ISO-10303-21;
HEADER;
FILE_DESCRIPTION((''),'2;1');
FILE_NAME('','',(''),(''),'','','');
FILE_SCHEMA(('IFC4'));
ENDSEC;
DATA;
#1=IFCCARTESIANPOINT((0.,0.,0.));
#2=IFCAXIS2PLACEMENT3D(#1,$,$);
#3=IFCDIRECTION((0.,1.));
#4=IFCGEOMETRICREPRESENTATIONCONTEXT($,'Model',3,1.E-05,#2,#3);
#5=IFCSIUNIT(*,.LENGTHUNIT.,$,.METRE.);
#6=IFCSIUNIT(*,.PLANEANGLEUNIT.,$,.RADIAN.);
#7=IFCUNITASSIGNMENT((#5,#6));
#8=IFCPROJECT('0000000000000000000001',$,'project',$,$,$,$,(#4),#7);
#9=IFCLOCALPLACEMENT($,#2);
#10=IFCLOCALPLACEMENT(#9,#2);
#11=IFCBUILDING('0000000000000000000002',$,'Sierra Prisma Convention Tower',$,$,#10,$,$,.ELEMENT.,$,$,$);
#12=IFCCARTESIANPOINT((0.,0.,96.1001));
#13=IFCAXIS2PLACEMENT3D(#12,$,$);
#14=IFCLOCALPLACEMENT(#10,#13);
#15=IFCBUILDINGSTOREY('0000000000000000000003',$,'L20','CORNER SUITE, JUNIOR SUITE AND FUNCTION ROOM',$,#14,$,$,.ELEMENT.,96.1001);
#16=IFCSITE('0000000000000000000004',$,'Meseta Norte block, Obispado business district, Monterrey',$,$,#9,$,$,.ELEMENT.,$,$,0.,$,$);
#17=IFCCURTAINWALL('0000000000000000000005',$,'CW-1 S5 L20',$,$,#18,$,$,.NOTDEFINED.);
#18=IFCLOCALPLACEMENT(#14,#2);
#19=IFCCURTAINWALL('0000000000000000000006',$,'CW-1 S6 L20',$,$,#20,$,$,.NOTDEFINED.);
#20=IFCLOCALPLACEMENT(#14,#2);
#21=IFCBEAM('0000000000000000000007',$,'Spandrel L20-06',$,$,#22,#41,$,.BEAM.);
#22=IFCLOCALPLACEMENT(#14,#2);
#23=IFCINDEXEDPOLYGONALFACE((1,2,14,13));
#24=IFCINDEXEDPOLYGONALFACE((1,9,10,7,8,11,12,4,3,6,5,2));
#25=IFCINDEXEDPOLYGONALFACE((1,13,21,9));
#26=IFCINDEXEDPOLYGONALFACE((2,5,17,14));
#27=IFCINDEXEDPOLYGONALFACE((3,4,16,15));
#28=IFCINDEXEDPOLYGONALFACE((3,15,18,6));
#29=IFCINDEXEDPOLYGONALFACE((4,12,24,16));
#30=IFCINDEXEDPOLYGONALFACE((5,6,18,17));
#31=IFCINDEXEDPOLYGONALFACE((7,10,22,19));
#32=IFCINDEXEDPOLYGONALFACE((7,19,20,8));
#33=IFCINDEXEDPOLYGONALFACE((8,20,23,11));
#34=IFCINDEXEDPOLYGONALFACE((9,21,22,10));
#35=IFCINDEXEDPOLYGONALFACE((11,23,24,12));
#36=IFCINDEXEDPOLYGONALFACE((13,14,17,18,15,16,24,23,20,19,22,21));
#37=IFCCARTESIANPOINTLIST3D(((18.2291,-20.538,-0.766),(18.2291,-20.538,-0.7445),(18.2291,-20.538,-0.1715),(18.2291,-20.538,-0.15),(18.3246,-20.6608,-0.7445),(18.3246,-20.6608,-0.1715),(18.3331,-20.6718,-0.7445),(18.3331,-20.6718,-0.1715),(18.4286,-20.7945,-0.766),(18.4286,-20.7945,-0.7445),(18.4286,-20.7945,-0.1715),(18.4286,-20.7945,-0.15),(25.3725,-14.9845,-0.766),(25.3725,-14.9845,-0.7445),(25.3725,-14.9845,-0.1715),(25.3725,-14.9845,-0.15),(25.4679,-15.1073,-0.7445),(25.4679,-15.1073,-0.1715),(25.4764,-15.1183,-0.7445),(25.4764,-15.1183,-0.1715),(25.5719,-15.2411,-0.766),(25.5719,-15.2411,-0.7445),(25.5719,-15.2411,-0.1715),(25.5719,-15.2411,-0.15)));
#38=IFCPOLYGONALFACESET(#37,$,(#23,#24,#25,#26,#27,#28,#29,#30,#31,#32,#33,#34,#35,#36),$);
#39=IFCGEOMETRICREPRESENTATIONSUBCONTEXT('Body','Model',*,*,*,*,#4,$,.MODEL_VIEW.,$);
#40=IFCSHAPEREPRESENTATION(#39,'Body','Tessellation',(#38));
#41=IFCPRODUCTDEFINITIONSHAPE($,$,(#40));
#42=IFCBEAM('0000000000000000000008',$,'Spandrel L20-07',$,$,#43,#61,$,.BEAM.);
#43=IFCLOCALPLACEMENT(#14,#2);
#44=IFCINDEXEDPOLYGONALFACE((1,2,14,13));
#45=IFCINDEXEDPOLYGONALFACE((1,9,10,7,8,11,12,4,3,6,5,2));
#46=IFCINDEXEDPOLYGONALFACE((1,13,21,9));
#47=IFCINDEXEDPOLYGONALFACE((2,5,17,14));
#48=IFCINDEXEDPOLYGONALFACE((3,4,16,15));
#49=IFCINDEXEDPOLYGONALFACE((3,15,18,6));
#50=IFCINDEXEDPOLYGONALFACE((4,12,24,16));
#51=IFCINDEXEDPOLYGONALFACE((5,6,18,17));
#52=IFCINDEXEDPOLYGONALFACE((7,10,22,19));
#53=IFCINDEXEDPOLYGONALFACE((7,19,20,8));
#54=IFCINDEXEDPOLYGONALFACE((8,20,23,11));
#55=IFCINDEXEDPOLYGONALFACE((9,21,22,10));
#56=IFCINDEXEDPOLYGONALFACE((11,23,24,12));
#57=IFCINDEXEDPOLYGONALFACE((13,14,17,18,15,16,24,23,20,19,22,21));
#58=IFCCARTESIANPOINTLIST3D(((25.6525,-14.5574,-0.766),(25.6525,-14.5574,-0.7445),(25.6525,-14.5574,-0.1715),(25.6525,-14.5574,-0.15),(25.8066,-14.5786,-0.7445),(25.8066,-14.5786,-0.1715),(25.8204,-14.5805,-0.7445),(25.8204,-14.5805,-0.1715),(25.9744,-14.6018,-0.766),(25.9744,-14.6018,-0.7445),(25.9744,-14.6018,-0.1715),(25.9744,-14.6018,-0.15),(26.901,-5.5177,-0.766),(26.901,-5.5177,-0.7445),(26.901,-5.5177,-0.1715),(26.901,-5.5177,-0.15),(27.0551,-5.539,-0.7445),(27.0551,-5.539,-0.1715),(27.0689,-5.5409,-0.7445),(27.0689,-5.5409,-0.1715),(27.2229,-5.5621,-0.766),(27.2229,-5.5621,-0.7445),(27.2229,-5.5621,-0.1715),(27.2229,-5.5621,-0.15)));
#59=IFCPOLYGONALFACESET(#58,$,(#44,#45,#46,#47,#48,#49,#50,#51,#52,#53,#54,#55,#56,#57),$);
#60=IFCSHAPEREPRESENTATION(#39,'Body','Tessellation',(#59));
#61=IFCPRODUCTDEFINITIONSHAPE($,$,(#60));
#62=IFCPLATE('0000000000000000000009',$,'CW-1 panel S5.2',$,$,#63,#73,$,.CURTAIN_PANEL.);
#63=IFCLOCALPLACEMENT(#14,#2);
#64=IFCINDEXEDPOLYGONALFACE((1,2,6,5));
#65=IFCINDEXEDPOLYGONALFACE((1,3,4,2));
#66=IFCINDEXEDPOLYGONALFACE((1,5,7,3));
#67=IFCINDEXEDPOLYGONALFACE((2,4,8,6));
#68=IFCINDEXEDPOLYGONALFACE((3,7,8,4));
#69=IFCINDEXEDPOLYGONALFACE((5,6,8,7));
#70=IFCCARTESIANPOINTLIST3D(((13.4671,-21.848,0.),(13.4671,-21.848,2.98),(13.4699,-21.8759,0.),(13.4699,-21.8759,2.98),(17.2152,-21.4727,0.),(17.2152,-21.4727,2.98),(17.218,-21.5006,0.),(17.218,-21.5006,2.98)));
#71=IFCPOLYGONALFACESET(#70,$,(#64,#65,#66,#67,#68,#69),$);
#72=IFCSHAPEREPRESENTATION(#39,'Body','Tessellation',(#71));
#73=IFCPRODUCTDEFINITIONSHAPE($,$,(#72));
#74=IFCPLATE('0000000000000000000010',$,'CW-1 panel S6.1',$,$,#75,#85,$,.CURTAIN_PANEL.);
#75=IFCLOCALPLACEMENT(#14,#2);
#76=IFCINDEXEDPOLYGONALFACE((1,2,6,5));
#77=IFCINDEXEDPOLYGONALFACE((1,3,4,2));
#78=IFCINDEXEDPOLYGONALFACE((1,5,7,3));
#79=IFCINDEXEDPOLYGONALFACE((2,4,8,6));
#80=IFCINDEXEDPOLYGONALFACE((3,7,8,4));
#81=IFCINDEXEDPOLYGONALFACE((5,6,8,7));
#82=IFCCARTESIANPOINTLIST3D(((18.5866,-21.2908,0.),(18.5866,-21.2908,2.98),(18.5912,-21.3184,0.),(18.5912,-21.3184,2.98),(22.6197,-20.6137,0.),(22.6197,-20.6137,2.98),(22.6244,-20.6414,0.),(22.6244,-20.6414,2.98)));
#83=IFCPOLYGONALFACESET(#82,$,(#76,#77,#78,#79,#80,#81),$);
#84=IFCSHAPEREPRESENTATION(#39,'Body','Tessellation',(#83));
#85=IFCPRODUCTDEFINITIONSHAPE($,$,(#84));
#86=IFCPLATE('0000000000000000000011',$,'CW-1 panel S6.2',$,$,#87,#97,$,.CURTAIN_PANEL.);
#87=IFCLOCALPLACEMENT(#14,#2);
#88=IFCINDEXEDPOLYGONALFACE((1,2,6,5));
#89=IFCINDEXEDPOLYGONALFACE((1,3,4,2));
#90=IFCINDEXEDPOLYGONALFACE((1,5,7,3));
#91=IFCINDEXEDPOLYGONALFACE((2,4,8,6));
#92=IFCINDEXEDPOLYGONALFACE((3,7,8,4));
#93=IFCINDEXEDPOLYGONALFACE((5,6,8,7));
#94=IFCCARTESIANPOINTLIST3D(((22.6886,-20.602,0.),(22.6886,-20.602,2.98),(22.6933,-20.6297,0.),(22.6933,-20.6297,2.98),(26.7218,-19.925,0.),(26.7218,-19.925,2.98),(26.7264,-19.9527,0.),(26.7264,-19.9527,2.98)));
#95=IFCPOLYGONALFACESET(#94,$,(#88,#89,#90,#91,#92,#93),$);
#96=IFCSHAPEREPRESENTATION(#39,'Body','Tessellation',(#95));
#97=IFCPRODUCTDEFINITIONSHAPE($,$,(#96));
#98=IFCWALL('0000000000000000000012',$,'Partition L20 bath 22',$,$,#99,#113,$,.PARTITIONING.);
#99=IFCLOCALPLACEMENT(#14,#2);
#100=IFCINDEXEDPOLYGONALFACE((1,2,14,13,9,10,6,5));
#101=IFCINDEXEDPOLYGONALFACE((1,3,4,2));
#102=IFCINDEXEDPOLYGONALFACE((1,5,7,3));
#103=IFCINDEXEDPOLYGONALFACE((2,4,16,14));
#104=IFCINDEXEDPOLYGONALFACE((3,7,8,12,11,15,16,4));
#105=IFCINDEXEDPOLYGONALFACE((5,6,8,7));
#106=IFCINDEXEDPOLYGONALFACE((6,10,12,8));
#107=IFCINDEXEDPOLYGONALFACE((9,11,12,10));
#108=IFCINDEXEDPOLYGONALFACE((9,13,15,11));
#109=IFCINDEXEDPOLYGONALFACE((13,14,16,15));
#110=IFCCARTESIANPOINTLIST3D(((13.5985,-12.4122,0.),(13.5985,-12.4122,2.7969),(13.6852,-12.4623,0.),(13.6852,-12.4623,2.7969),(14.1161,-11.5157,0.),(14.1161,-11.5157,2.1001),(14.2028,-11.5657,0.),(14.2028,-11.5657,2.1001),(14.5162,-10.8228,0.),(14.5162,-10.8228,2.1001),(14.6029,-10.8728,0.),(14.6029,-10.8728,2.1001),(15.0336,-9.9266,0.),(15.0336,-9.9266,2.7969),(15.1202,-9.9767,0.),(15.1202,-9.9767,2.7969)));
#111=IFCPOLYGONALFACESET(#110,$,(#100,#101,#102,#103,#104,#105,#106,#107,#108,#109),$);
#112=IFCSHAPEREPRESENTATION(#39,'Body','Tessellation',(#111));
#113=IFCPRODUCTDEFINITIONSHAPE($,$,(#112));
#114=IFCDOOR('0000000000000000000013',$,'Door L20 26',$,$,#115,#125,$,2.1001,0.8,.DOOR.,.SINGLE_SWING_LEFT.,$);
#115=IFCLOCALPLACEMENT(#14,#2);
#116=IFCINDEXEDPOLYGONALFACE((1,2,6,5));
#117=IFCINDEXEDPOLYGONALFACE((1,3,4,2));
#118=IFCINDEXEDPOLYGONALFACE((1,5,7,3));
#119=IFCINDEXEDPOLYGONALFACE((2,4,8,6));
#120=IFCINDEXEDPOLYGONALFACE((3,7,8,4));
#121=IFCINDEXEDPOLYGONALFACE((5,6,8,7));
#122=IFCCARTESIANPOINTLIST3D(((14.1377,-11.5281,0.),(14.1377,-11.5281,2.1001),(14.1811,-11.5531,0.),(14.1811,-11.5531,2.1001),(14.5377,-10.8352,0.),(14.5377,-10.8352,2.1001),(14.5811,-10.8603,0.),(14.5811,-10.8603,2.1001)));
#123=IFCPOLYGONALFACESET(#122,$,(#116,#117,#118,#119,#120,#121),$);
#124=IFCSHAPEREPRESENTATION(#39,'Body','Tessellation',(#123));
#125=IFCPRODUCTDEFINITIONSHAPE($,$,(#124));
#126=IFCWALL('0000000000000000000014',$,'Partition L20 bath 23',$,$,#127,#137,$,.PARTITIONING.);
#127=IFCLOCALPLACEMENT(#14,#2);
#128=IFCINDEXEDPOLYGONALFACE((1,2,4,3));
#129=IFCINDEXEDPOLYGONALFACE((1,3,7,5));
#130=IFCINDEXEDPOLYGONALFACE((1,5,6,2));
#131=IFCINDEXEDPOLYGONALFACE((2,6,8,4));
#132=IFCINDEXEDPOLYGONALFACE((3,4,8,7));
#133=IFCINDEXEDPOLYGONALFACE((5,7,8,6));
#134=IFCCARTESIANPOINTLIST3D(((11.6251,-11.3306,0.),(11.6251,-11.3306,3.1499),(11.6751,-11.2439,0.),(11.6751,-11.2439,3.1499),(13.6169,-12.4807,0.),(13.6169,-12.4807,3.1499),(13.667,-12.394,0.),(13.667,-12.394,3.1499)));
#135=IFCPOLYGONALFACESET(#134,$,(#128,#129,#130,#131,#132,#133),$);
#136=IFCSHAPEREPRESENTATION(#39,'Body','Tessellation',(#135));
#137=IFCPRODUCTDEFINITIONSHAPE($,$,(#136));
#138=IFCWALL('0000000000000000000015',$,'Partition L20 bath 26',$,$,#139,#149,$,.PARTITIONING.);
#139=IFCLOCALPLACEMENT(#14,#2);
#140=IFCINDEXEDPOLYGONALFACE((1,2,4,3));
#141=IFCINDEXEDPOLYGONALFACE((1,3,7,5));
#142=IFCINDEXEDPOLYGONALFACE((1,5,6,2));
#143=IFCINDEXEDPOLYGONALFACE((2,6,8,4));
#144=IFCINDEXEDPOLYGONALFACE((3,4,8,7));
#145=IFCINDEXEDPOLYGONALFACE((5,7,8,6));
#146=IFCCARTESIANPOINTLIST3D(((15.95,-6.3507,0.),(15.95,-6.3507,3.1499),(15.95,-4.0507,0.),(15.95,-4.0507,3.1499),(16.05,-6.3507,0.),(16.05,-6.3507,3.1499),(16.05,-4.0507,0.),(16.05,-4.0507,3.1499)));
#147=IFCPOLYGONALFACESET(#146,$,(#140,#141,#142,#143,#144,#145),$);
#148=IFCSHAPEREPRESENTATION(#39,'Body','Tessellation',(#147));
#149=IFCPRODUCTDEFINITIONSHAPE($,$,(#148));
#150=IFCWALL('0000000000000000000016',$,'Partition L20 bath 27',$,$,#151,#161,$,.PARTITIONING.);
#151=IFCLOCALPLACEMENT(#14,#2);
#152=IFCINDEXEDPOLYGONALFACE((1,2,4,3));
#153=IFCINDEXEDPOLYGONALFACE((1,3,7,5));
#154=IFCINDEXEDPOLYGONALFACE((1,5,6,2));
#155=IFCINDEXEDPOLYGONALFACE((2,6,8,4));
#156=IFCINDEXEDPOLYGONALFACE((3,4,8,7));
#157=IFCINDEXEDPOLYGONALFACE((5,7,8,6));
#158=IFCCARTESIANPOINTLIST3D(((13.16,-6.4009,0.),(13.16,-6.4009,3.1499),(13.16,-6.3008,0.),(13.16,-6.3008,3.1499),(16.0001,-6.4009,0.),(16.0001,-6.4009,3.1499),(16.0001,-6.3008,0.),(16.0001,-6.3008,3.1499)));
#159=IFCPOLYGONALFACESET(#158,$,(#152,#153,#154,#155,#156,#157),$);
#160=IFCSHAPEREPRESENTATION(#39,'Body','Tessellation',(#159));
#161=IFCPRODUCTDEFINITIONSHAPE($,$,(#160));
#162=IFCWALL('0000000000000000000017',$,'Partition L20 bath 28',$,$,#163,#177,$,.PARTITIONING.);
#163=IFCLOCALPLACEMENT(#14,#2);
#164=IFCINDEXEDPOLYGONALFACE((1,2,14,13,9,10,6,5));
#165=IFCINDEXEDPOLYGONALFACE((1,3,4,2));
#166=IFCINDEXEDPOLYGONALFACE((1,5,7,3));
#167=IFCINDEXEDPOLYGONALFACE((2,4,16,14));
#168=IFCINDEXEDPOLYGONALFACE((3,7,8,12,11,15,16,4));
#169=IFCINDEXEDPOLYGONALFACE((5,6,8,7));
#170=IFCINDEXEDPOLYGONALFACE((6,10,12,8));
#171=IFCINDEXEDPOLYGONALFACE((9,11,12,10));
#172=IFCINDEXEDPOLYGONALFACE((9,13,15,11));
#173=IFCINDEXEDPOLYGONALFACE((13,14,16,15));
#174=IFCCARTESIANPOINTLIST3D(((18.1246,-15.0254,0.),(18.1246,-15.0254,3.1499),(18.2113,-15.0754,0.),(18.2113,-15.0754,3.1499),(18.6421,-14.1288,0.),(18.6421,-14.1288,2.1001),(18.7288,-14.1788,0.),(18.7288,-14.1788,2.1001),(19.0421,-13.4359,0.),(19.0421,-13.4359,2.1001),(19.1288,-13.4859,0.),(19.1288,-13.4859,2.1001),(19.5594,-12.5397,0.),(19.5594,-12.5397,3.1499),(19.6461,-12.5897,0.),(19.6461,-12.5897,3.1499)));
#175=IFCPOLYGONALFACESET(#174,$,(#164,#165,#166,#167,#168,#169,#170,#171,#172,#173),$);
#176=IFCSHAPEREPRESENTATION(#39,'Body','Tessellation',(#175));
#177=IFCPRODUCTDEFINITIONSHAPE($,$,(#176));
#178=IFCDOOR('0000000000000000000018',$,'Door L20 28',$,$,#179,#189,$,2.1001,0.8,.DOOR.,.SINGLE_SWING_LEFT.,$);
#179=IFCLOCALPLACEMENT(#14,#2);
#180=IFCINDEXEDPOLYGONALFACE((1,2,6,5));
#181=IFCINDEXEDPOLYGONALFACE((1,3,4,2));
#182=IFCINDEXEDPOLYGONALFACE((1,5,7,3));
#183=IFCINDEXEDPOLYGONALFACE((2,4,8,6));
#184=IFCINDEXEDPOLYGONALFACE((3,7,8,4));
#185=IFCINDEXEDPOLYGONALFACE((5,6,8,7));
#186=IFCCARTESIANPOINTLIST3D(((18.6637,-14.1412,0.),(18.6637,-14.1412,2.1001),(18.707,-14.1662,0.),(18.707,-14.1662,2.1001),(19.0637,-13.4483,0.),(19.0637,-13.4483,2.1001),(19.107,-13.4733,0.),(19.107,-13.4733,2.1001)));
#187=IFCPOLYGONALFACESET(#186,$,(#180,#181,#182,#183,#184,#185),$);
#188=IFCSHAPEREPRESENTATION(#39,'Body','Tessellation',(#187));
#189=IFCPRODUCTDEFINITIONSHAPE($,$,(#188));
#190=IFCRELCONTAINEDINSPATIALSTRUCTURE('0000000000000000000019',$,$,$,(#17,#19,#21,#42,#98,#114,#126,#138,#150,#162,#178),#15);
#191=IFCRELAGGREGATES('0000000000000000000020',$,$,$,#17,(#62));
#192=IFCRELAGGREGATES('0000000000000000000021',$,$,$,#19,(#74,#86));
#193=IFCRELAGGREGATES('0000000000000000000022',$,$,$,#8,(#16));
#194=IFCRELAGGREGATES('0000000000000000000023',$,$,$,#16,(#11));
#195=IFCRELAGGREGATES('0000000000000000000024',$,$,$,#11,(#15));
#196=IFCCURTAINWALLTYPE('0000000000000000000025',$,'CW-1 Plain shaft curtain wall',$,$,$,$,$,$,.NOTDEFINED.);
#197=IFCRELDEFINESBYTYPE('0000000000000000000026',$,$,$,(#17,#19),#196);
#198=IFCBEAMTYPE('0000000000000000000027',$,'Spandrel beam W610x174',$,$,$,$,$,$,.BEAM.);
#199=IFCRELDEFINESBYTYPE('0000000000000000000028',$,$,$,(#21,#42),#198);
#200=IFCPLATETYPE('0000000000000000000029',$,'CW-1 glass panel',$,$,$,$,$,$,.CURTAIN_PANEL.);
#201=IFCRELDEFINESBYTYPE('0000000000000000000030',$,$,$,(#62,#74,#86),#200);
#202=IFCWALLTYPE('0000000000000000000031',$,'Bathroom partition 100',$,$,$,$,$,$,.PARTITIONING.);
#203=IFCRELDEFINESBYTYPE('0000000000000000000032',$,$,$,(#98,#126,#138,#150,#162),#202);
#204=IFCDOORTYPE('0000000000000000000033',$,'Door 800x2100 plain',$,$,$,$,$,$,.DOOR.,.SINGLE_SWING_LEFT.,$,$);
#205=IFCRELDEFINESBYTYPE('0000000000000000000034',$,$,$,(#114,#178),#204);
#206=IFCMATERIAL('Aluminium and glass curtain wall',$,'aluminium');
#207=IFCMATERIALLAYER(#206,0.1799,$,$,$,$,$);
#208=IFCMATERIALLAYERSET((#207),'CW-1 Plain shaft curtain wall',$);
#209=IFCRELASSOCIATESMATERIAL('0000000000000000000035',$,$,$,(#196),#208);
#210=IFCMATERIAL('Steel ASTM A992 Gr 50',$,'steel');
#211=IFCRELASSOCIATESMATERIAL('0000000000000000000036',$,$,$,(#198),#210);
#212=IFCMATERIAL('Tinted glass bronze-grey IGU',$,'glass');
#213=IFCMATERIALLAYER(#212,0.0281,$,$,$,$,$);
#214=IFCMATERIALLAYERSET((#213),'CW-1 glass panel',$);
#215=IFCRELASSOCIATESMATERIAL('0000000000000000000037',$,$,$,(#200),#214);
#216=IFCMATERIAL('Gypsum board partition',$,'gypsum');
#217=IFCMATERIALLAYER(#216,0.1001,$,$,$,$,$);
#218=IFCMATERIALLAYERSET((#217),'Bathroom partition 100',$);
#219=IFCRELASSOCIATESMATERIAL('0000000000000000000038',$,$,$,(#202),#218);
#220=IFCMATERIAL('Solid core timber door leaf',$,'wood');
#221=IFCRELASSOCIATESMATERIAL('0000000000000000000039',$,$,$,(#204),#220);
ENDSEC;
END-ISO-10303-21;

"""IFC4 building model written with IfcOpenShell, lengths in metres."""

from ifc_helpers import new_model, si_unit, direction, frame, frame_2d, origin, origin_2d, place, context, subcontext, project, spatial, rectangle, i_section, extrude, material, layer, layer_set, material_profile, profile_set, type_object, element, fill, aggregate, save


model = new_model("IFC4")

# Units and contexts
model_context = context("Model", 3, precision=1e-05, world=origin(), true_north=direction((0.0, 1.0)))
body_context = subcontext(model_context, "Body", "Model", "MODEL_VIEW")
ifc_project = project(units=[si_unit("LENGTHUNIT", "METRE"), si_unit("PLANEANGLEUNIT", "RADIAN")], contexts=[model_context])

# Site, building, storey
site_placement = place(None, origin())
site = spatial("IfcSite", under=ifc_project, at=site_placement, Name="Meseta Norte block, Obispado business district, Monterrey", CompositionType="ELEMENT", RefElevation=0.0)
building_placement = place(site_placement, origin())
building = spatial("IfcBuilding", under=site, at=building_placement, Name="Sierra Prisma Convention Tower", CompositionType="ELEMENT")
storey_placement = place(building_placement, frame((0.0, 0.0, 96.1001)))
storey = spatial("IfcBuildingStorey", under=building, at=storey_placement, Name="L20", Description="CORNER SUITE, JUNIOR SUITE AND FUNCTION ROOM", CompositionType="ELEMENT", Elevation=96.1001)

# Curtain wall
ifc_material_1 = material(Name="Aluminium and glass curtain wall", Category="aluminium")
ifc_layer_1 = layer(ifc_material_1, 0.1799)
ifc_layer_set_1 = layer_set([ifc_layer_1], Name="CW-1 Plain shaft curtain wall")
curtain_wall_type = type_object("IfcCurtainWallType", Name="CW-1 Plain shaft curtain wall", PredefinedType="NOTDEFINED", material=ifc_layer_set_1)
curtain_wall_1_placement = place(storey_placement, origin())
curtain_wall_1 = element("IfcCurtainWall", 1, at=curtain_wall_1_placement, inside=storey, type_object=curtain_wall_type, Name="CW-1 S5 L20", PredefinedType="NOTDEFINED")

# Curtain wall
curtain_wall_2_placement = place(storey_placement, origin())
curtain_wall_2 = element("IfcCurtainWall", 2, at=curtain_wall_2_placement, inside=storey, type_object=curtain_wall_type, Name="CW-1 S6 L20", PredefinedType="NOTDEFINED")

# Beams
ifc_material_2 = material(Name="Steel ASTM A992 Gr 50", Category="steel")
ifc_material_profile_1 = material_profile(ifc_material_2, i_section(OverallWidth=0.325, OverallDepth=0.616, WebThickness=0.0139, FlangeThickness=0.0215, at=origin_2d()), Name="W610x174")
ifc_profile_set_1 = profile_set([ifc_material_profile_1], Name="Steel ASTM A992 Gr 50")
beam_type_1 = type_object("IfcBeamType", Name="Spandrel beam W610x174", PredefinedType="BEAM", material=ifc_profile_set_1)
beam_1_placement = place(storey_placement, frame((18.3289, -20.6663, -0.458), z_axis=(0.789483, 0.613772, 0.0), x_axis=(-0.613772, 0.789483, 0.0)))
element("IfcBeam", 3, at=beam_1_placement, inside=storey, type_object=beam_type_1, Name="Spandrel L20-06", PredefinedType="BEAM", context=body_context, shape_type="SweptSolid", body=[
    extrude(i_section(OverallWidth=0.325, OverallDepth=0.616, WebThickness=0.0139, FlangeThickness=0.0215, at=origin_2d()), origin(), (0.0, 0.0, 1.0), 9.0481),
])
beam_2_placement = place(storey_placement, frame((25.8135, -14.5796, -0.458), z_axis=(0.136817, 0.990596, 0.0), x_axis=(-0.990596, 0.136817, 0.0)))
element("IfcBeam", 4, at=beam_2_placement, inside=storey, type_object=beam_type_1, Name="Spandrel L20-07", PredefinedType="BEAM", context=body_context, shape_type="SweptSolid", body=[
    extrude(i_section(OverallWidth=0.325, OverallDepth=0.616, WebThickness=0.0139, FlangeThickness=0.0215, at=origin_2d()), origin(), (0.0, 0.0, 1.0), 9.1255),
])

# Plates
ifc_material_3 = material(Name="Tinted glass bronze-grey IGU", Category="glass")
ifc_layer_2 = layer(ifc_material_3, 0.0281)
ifc_layer_set_2 = layer_set([ifc_layer_2], Name="CW-1 glass panel")
plate_type = type_object("IfcPlateType", Name="CW-1 glass panel", PredefinedType="CURTAIN_PANEL", material=ifc_layer_set_2)
plate_1_placement = place(storey_placement, frame((15.3425, -21.6743, 0.0), z_axis=(0.0, 0.0, 1.0), x_axis=(0.995025, 0.099629, 0.0)))
plate_1 = element("IfcPlate", 5, at=plate_1_placement, type_object=plate_type, Name="CW-1 panel S5.2", PredefinedType="CURTAIN_PANEL", context=body_context, shape_type="SweptSolid", body=[
    extrude(rectangle(XDim=3.7668, YDim=0.0281, at=origin_2d()), origin(), (0.0, 0.0, 1.0), 2.98),
])
aggregate(curtain_wall_1, [plate_1])
plate_2_placement = place(storey_placement, frame((20.6055, -20.9661, 0.0), z_axis=(0.0, 0.0, 1.0), x_axis=(0.9862, 0.165558, 0.0)))
plate_2 = element("IfcPlate", 6, at=plate_2_placement, type_object=plate_type, Name="CW-1 panel S6.1", PredefinedType="CURTAIN_PANEL", context=body_context, shape_type="SweptSolid", body=[
    extrude(rectangle(XDim=4.0896, YDim=0.0281, at=origin_2d()), origin(), (0.0, 0.0, 1.0), 2.98),
])
plate_3_placement = place(storey_placement, frame((24.7075, -20.2773, 0.0), z_axis=(0.0, 0.0, 1.0), x_axis=(0.9862, 0.165558, 0.0)))
plate_3 = element("IfcPlate", 7, at=plate_3_placement, type_object=plate_type, Name="CW-1 panel S6.2", PredefinedType="CURTAIN_PANEL", context=body_context, shape_type="SweptSolid", body=[
    extrude(rectangle(XDim=4.0896, YDim=0.0281, at=origin_2d()), origin(), (0.0, 0.0, 1.0), 2.98),
])
aggregate(curtain_wall_2, [plate_2, plate_3])

# Wall, opening, door
ifc_material_4 = material(Name="Gypsum board partition", Category="gypsum")
ifc_layer_3 = layer(ifc_material_4, 0.1001)
ifc_layer_set_3 = layer_set([ifc_layer_3], Name="Bathroom partition 100")
wall_type_1 = type_object("IfcWallType", Name="Bathroom partition 100", PredefinedType="PARTITIONING", material=ifc_layer_set_3)
wall_1_placement = place(storey_placement, frame((15.0769, -9.9517, 0.0), z_axis=(0.0, 0.0, 1.0), x_axis=(-0.5, -0.866026, 0.0)))
wall_1 = element("IfcWall", 8, at=wall_1_placement, inside=storey, type_object=wall_type_1, Name="Partition L20 bath 22", PredefinedType="PARTITIONING", context=body_context, shape_type="SweptSolid", body=[
    extrude(rectangle(XDim=2.8701, YDim=0.1001, at=frame_2d((1.4351, 0.0))), origin(), (0.0, 0.0, 1.0), 2.7969),
])
opening_1_placement = place(wall_1_placement, frame((1.0349, 0.0, 0.0)))
opening_1 = element("IfcOpeningElement", 9, at=opening_1_placement, cuts=wall_1, PredefinedType="OPENING", context=body_context, shape_type="SweptSolid", body=[
    extrude(rectangle(XDim=0.8, YDim=2.1001, at=frame_2d((0.3999, 1.05))), frame((0.0, 0.05, 0.0), z_axis=(0.0, -1.0, 0.0), x_axis=(1.0, 0.0, 0.0)), (0.0, 0.0, 1.0), 0.1001),
])
ifc_material_5 = material(Name="Solid core timber door leaf", Category="wood")
door_type_1 = type_object("IfcDoorType", Name="Door 800x2100 plain", OperationType="SINGLE_SWING_LEFT", PredefinedType="DOOR", material=ifc_material_5)
door_1_placement = place(opening_1_placement, origin())
door_1 = element("IfcDoor", 10, at=door_1_placement, inside=storey, type_object=door_type_1, Name="Door L20 26", OperationType="SINGLE_SWING_LEFT", OverallHeight=2.1001, OverallWidth=0.8, PredefinedType="DOOR", context=body_context, shape_type="SweptSolid", body=[
    extrude(rectangle(XDim=0.8, YDim=2.1001, at=frame_2d((0.3999, 1.05))), frame((0.0, 0.0249, 0.0), z_axis=(0.0, -1.0, 0.0), x_axis=(1.0, 0.0, 0.0)), (0.0, 0.0, 1.0), 0.05),
])
fill(opening_1, door_1)

# Walls
for number, where, z_axis, x_axis, name in (
    (11, (13.6418, -12.4373, 0.0), (0.0, 0.0, 1.0), (-0.866007, 0.500032, 0.0), "Partition L20 bath 23"),
    (12, (16.0, -4.0508, 0.0), (0.0, 0.0, 1.0), (0.0, -1.0, 0.0), "Partition L20 bath 26"),
):
    element("IfcWall", number, at=place(storey_placement, frame(where, z_axis=z_axis, x_axis=x_axis)), inside=storey, type_object=wall_type_1, Name=name, PredefinedType="PARTITIONING", context=body_context, shape_type="SweptSolid", body=[
        extrude(rectangle(XDim=2.3, YDim=0.1001, at=frame_2d((1.1499, 0.0))), origin(), (0.0, 0.0, 1.0), 3.1499),
    ])
wall_2_placement = place(storey_placement, frame((16.0, -6.3508, 0.0), z_axis=(0.0, 0.0, 1.0), x_axis=(-1.0, 0.0, 0.0)))
element("IfcWall", 13, at=wall_2_placement, inside=storey, type_object=wall_type_1, Name="Partition L20 bath 27", PredefinedType="PARTITIONING", context=body_context, shape_type="SweptSolid", body=[
    extrude(rectangle(XDim=2.8401, YDim=0.1001, at=frame_2d((1.4199, 0.0))), origin(), (0.0, 0.0, 1.0), 3.1499),
])

# Wall, opening, door
wall_3_placement = place(storey_placement, frame((19.6028, -12.5647, 0.0), z_axis=(0.0, 0.0, 1.0), x_axis=(-0.499936, -0.866062, 0.0)))
wall_3 = element("IfcWall", 14, at=wall_3_placement, inside=storey, type_object=wall_type_1, Name="Partition L20 bath 28", PredefinedType="PARTITIONING", context=body_context, shape_type="SweptSolid", body=[
    extrude(rectangle(XDim=2.8701, YDim=0.1001, at=frame_2d((1.4351, 0.0))), origin(), (0.0, 0.0, 1.0), 3.1499),
])
opening_2_placement = place(wall_3_placement, frame((1.0349, 0.0, 0.0)))
opening_2 = element("IfcOpeningElement", 15, at=opening_2_placement, cuts=wall_3, PredefinedType="OPENING", context=body_context, shape_type="SweptSolid", body=[
    extrude(rectangle(XDim=0.8, YDim=2.1001, at=frame_2d((0.3999, 1.05))), frame((0.0, 0.05, 0.0), z_axis=(0.0, -1.0, 0.0), x_axis=(1.0, 0.0, 0.0)), (0.0, 0.0, 1.0), 0.1001),
])
door_2_placement = place(opening_2_placement, origin())
door_2 = element("IfcDoor", 16, at=door_2_placement, inside=storey, type_object=door_type_1, Name="Door L20 28", OperationType="SINGLE_SWING_LEFT", OverallHeight=2.1001, OverallWidth=0.8, PredefinedType="DOOR", context=body_context, shape_type="SweptSolid", body=[
    extrude(rectangle(XDim=0.8, YDim=2.1001, at=frame_2d((0.3999, 1.05))), frame((0.0, 0.0249, 0.0), z_axis=(0.0, -1.0, 0.0), x_axis=(1.0, 0.0, 0.0)), (0.0, 0.0, 1.0), 0.05),
])
fill(opening_2, door_2)

save(model, "model.ifc")
